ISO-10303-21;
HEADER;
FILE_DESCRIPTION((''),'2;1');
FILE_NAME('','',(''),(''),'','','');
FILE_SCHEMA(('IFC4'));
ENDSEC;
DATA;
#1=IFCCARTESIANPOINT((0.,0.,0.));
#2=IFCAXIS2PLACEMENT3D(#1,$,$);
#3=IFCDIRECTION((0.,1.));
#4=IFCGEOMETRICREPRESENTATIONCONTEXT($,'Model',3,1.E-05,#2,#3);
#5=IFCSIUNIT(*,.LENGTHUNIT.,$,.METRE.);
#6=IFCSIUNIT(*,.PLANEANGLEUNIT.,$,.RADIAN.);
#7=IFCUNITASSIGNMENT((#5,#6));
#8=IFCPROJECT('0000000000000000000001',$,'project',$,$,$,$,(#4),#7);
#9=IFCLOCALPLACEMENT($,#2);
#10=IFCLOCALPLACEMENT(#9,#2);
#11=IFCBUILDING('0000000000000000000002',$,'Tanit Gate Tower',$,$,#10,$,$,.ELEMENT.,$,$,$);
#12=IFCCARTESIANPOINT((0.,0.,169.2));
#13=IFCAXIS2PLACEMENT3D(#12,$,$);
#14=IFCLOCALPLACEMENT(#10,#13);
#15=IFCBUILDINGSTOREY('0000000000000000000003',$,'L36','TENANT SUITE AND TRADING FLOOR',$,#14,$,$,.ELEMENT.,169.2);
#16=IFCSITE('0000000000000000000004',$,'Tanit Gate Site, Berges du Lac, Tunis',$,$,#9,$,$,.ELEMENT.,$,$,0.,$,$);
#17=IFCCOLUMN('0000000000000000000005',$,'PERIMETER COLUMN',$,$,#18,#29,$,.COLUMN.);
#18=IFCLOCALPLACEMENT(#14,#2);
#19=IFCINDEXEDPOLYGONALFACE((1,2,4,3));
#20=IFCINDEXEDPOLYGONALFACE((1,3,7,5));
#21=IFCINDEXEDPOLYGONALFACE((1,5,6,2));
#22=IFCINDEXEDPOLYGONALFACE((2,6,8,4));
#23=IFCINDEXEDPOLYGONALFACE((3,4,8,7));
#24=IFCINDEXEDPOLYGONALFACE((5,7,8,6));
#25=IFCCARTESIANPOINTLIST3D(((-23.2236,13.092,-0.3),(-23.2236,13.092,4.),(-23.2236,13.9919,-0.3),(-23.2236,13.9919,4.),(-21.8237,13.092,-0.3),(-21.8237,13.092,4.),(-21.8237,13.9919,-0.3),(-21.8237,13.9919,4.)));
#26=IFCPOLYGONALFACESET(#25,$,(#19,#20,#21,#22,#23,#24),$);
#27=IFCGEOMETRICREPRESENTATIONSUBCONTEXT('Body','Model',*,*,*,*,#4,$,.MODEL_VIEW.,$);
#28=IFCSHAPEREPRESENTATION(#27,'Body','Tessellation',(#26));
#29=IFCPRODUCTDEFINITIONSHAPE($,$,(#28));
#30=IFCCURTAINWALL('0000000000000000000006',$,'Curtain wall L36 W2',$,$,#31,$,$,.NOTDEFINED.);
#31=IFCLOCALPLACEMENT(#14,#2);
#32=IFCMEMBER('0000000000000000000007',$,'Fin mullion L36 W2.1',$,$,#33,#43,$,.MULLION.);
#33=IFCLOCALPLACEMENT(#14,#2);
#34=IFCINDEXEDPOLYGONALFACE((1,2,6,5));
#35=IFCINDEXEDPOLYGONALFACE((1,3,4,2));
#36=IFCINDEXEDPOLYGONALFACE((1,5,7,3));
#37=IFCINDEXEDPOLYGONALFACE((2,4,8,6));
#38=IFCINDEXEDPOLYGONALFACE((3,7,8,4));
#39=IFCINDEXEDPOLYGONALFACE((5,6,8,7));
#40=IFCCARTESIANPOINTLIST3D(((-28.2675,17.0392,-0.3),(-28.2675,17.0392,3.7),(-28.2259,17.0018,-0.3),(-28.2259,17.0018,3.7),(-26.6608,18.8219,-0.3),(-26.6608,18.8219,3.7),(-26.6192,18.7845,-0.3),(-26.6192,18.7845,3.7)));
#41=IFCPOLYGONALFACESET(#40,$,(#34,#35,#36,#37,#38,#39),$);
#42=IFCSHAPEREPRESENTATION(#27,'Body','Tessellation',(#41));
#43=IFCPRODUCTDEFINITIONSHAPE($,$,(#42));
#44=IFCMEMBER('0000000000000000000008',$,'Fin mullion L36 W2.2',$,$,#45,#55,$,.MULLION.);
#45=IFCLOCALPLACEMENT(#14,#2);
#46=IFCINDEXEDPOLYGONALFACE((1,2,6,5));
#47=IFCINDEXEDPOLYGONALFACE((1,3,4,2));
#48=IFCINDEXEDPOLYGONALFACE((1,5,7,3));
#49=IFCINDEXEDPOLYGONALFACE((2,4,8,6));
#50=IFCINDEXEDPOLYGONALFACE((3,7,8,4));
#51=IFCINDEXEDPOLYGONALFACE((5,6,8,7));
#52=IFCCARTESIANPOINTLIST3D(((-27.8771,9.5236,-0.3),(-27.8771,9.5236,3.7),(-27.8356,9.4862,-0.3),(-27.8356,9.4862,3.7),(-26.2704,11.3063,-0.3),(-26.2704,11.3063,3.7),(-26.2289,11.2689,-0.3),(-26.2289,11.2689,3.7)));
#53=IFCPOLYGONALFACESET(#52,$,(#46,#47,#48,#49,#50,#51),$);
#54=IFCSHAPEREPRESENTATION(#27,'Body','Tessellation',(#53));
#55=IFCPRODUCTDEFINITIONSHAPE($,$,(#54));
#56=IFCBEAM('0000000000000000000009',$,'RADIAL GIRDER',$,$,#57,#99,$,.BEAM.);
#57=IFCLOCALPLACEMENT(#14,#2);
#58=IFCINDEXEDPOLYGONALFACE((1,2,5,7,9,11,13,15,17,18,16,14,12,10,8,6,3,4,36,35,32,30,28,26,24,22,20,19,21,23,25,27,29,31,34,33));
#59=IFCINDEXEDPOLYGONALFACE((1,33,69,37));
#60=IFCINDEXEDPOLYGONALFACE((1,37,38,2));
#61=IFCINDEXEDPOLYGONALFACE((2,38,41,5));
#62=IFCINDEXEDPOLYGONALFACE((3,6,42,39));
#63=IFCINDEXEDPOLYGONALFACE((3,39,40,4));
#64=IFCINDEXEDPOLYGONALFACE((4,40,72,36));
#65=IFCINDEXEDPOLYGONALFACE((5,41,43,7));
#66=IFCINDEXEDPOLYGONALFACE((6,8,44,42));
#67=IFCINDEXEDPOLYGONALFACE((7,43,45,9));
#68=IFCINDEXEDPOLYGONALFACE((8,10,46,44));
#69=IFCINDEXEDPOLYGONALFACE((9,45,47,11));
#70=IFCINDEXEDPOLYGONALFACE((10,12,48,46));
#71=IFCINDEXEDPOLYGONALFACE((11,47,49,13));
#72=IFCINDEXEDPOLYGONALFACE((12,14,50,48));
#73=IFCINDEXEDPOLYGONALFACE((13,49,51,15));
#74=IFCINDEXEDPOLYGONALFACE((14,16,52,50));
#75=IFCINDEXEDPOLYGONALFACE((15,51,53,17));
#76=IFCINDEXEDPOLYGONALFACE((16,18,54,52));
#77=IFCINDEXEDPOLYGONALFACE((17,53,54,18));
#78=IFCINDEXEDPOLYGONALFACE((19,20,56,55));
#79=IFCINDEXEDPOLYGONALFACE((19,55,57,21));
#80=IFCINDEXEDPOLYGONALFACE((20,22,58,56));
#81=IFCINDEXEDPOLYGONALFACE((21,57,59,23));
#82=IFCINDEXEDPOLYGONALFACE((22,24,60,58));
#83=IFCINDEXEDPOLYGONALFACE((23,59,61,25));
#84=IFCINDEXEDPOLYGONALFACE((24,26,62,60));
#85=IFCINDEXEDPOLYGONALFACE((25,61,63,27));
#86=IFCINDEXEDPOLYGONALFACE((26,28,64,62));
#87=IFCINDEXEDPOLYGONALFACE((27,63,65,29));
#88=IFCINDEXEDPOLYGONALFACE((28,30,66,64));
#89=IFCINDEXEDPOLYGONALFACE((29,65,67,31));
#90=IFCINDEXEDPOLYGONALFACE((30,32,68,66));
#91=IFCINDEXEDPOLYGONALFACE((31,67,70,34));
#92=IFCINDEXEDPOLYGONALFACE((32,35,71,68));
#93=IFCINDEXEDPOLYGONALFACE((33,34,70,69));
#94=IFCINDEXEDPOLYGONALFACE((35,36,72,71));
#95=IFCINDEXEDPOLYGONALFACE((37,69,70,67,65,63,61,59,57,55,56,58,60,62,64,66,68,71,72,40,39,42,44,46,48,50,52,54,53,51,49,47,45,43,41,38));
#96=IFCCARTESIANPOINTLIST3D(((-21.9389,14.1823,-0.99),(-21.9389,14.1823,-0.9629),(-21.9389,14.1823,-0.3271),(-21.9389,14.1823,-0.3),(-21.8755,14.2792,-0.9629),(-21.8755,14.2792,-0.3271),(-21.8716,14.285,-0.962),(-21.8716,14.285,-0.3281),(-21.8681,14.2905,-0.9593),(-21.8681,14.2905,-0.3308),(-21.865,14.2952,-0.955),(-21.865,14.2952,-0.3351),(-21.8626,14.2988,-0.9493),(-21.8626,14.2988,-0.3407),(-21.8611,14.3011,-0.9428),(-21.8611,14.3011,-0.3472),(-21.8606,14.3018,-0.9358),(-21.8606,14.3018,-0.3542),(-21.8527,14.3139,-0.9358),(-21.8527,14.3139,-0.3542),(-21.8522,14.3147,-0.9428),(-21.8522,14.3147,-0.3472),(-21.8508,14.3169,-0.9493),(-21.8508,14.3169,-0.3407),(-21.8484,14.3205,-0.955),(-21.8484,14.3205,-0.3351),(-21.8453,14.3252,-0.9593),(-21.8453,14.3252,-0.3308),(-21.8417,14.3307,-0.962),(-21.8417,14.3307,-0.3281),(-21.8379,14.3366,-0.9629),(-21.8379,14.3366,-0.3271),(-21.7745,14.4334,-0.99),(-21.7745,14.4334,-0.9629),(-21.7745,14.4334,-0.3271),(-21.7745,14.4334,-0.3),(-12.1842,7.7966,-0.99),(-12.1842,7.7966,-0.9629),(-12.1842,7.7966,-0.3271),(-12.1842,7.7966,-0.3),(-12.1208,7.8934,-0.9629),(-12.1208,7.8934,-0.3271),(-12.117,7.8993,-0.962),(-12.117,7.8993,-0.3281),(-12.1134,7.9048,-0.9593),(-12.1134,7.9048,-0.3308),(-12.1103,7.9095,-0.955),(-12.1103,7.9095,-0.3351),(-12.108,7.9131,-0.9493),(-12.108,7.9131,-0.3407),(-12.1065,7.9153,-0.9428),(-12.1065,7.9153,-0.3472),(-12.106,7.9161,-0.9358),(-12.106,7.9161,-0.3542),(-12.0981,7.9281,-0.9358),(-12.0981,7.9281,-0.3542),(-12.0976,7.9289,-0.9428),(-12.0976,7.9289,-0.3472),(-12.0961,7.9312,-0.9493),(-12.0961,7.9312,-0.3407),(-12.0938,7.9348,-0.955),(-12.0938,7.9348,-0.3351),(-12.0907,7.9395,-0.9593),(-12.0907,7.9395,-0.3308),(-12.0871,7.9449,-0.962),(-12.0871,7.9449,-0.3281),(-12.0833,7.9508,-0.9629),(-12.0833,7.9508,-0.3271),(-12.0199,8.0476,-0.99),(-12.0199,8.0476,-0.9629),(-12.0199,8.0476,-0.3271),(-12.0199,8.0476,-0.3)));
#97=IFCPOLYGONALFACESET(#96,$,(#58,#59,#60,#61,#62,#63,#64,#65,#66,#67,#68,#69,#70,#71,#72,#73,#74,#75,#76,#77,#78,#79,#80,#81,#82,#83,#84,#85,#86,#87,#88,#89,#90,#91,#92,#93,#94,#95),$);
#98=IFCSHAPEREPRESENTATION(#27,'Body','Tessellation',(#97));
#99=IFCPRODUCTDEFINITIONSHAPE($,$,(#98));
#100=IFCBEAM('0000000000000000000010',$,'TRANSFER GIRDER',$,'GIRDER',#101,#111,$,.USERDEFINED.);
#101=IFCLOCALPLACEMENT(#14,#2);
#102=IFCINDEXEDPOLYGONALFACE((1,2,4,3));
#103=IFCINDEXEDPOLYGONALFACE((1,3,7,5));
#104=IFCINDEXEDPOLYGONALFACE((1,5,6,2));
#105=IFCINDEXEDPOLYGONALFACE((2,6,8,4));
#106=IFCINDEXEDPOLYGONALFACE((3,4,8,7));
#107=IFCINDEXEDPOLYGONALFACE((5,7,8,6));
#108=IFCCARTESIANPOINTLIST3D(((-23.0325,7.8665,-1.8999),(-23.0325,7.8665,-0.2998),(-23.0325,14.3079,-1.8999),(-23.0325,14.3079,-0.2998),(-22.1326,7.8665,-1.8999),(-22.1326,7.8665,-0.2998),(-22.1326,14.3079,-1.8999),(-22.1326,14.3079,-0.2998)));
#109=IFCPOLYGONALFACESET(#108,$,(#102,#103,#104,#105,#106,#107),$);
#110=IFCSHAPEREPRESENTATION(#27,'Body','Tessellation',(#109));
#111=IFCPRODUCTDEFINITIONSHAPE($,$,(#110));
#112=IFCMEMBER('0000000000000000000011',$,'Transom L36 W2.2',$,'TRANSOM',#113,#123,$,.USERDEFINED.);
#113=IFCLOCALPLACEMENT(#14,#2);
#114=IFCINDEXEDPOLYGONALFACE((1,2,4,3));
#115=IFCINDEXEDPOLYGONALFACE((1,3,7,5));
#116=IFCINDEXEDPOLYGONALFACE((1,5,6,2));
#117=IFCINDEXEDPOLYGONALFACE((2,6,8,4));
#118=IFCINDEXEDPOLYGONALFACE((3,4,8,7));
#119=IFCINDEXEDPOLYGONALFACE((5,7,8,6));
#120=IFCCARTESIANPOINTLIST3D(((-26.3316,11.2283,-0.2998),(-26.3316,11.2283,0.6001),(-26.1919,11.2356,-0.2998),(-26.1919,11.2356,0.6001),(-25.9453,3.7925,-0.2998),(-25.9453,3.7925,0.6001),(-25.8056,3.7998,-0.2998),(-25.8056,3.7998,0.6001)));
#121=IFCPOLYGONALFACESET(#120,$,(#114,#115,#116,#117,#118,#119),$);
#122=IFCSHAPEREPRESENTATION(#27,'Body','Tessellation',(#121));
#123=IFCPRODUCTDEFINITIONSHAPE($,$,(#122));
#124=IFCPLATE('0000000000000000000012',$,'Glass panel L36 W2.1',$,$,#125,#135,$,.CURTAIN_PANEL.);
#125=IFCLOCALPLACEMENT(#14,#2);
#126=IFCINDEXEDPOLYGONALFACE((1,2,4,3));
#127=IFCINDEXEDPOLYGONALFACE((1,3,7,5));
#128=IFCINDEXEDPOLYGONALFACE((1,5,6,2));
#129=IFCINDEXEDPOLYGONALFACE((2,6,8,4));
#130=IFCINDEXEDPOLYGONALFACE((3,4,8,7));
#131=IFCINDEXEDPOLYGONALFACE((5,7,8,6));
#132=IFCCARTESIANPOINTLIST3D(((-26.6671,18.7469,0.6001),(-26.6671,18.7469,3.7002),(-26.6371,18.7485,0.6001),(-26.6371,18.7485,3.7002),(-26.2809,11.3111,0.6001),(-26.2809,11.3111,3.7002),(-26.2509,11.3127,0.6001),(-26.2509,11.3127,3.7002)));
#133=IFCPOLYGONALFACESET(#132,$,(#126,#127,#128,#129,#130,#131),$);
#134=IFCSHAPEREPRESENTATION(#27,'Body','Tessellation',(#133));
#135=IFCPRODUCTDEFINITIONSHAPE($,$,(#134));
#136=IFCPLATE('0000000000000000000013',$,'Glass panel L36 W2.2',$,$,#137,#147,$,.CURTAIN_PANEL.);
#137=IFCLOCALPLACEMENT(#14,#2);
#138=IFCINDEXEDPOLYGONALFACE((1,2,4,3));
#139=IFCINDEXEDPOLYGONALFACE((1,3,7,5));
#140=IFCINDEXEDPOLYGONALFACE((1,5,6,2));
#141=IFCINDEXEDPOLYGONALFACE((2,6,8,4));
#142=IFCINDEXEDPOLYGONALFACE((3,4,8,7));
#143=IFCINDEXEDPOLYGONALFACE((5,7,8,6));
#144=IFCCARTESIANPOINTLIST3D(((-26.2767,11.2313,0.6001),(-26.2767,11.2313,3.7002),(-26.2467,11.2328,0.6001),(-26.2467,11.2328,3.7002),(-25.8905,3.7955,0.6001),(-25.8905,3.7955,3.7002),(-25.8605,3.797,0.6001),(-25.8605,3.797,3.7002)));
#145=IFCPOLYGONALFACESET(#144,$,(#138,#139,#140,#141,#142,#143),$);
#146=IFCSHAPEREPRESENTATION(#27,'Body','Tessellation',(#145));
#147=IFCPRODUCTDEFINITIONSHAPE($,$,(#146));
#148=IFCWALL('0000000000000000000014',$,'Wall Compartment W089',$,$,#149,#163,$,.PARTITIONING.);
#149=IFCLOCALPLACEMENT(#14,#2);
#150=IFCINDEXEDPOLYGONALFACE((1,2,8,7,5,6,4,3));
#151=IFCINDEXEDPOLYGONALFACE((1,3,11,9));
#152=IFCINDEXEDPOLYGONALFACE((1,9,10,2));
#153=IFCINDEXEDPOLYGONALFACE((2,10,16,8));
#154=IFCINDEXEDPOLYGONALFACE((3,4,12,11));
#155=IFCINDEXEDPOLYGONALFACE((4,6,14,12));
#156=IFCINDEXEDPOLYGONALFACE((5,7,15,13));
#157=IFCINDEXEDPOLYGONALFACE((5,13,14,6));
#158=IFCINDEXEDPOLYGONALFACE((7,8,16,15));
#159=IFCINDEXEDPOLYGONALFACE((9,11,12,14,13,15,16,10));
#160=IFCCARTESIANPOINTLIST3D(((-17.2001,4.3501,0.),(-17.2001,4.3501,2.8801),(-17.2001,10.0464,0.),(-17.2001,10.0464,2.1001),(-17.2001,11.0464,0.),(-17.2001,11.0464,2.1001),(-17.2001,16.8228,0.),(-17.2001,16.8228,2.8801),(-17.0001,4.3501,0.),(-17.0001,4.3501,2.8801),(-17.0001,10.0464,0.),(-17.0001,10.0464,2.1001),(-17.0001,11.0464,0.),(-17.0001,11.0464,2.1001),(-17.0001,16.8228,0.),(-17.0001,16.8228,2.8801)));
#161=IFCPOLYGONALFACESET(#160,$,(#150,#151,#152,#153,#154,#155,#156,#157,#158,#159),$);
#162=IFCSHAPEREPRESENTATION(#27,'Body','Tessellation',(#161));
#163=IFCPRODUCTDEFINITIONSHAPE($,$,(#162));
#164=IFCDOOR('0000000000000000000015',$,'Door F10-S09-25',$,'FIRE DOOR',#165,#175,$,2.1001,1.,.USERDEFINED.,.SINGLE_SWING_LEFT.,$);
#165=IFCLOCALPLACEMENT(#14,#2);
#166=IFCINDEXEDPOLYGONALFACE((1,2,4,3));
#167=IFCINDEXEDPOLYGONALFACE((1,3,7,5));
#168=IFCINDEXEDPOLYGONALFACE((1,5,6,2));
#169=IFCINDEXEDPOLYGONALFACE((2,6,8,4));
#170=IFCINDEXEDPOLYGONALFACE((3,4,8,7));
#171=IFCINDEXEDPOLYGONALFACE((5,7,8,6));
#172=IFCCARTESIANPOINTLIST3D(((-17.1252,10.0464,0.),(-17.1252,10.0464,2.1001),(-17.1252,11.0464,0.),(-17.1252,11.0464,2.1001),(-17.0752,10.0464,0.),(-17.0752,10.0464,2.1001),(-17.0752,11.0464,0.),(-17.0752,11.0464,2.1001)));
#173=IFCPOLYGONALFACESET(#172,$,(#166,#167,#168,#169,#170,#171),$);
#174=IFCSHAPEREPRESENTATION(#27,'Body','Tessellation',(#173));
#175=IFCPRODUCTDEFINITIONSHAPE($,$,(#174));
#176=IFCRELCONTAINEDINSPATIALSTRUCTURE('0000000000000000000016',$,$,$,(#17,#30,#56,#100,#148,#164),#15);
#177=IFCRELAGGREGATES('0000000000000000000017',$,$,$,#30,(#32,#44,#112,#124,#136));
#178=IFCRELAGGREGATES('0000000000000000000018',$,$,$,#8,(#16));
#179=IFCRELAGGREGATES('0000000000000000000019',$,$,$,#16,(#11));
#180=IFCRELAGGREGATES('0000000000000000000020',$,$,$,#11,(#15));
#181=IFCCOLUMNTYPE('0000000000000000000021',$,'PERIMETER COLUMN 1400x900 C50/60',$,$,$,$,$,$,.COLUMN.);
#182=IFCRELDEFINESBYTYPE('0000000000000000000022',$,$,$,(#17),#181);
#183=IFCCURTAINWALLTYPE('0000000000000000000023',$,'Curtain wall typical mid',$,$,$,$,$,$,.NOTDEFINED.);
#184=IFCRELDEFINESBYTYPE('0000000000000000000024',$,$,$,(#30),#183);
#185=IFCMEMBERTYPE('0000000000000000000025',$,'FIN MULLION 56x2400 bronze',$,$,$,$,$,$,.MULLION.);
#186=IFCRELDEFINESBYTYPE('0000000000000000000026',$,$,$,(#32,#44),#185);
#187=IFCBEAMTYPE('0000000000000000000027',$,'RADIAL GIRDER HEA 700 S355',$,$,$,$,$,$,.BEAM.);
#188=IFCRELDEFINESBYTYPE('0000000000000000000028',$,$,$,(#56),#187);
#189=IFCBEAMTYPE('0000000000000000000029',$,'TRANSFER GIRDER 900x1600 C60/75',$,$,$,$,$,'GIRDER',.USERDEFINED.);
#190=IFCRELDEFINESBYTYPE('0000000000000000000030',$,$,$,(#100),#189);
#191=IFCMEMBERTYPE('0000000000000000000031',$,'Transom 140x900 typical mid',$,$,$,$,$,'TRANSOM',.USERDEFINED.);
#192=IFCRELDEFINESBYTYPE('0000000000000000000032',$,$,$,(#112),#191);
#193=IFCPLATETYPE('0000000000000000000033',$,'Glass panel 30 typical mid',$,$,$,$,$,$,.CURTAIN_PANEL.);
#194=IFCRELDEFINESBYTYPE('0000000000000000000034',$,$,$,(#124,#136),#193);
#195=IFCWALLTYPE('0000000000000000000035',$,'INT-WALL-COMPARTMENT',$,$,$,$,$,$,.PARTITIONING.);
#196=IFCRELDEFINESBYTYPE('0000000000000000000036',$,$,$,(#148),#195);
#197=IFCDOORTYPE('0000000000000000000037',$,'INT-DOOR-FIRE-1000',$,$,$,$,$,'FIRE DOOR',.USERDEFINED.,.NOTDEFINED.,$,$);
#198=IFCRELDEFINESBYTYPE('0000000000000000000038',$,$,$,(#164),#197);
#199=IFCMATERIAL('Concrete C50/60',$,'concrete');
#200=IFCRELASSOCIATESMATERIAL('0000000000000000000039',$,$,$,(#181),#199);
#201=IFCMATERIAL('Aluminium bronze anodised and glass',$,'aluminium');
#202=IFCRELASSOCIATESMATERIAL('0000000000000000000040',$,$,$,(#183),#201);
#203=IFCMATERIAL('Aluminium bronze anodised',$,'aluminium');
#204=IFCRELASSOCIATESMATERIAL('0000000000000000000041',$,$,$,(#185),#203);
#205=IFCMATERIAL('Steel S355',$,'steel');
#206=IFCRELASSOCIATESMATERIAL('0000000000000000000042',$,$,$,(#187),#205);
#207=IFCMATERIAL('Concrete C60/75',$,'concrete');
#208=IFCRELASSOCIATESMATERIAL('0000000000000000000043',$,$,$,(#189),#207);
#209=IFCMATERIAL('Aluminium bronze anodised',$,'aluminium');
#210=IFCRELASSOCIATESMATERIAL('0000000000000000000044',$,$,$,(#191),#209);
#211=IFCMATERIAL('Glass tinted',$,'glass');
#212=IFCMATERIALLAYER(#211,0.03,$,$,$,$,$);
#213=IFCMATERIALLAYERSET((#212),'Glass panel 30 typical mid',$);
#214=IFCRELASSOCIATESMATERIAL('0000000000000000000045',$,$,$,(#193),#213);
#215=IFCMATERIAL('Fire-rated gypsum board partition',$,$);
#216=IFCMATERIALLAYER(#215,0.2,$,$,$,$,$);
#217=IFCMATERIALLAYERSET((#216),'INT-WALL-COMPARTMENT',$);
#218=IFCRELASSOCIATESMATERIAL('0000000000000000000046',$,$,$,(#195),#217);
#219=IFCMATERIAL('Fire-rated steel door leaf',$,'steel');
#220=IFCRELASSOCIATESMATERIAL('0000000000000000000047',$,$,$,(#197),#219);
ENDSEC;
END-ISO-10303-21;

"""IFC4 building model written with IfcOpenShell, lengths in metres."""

from ifc_helpers import new_model, si_unit, direction, frame, frame_2d, origin, origin_2d, place, context, subcontext, project, spatial, rectangle, i_section, extrude, material, layer, layer_set, material_profile, profile_set, type_object, element, fill, aggregate, save


model = new_model("IFC4")

# Units and contexts
model_context = context("Model", 3, precision=1e-05, world=origin(), true_north=direction((0.0, 1.0)))
body_context = subcontext(model_context, "Body", "Model", "MODEL_VIEW")
ifc_project = project(units=[si_unit("LENGTHUNIT", "METRE"), si_unit("PLANEANGLEUNIT", "RADIAN")], contexts=[model_context])

# Site, building, storey
site_placement = place(None, origin())
site = spatial("IfcSite", under=ifc_project, at=site_placement, Name="Tanit Gate Site, Berges du Lac, Tunis", CompositionType="ELEMENT", RefElevation=0.0)
building_placement = place(site_placement, origin())
building = spatial("IfcBuilding", under=site, at=building_placement, Name="Tanit Gate Tower", CompositionType="ELEMENT")
storey_placement = place(building_placement, frame((0.0, 0.0, 169.2)))
storey = spatial("IfcBuildingStorey", under=building, at=storey_placement, Name="L36", Description="TENANT SUITE AND TRADING FLOOR", CompositionType="ELEMENT", Elevation=169.2)

# Column
ifc_material_1 = material(Name="Concrete C50/60", Category="concrete")
ifc_material_profile_1 = material_profile(ifc_material_1, rectangle(XDim=1.3999, YDim=0.8999, at=origin_2d()), Name="RC 1400x900")
ifc_profile_set_1 = profile_set([ifc_material_profile_1], Name="Concrete C50/60")
column_type = type_object("IfcColumnType", Name="PERIMETER COLUMN 1400x900 C50/60", PredefinedType="COLUMN", material=ifc_profile_set_1)
column_placement = place(storey_placement, frame((-22.5237, 13.542, -0.3), z_axis=(0.0, 0.0, 1.0), x_axis=(-1.0, 0.0, 0.0)))
element("IfcColumn", 1, at=column_placement, inside=storey, type_object=column_type, Name="PERIMETER COLUMN", PredefinedType="COLUMN", context=body_context, shape_type="SweptSolid", body=[
    extrude(rectangle(XDim=1.3999, YDim=0.8999, at=origin_2d()), origin(), (0.0, 0.0, 1.0), 4.3),
])

# Curtain wall, members
ifc_material_2 = material(Name="Aluminium bronze anodised and glass", Category="aluminium")
curtain_wall_type = type_object("IfcCurtainWallType", Name="Curtain wall typical mid", PredefinedType="NOTDEFINED", material=ifc_material_2)
curtain_wall_placement = place(storey_placement, origin())
curtain_wall = element("IfcCurtainWall", 2, at=curtain_wall_placement, inside=storey, type_object=curtain_wall_type, Name="Curtain wall L36 W2", PredefinedType="NOTDEFINED")
ifc_material_3 = material(Name="Aluminium bronze anodised", Category="aluminium")
ifc_material_profile_2 = material_profile(ifc_material_3, rectangle(XDim=2.3999, YDim=0.0559, at=origin_2d()), Name="56x2400 bronze fin mullion")
ifc_profile_set_2 = profile_set([ifc_material_profile_2], Name="Aluminium bronze anodised")
member_type_1 = type_object("IfcMemberType", Name="FIN MULLION 56x2400 bronze", PredefinedType="MULLION", material=ifc_profile_set_2)
member_1_placement = place(storey_placement, frame((-27.4434, 17.9119, -0.3), z_axis=(0.0, 0.0, 1.0), x_axis=(0.669481, 0.742829, 0.0)))
member_1 = element("IfcMember", 3, at=member_1_placement, type_object=member_type_1, Name="Fin mullion L36 W2.1", PredefinedType="MULLION", context=body_context, shape_type="SweptSolid", body=[
    extrude(rectangle(XDim=2.3999, YDim=0.0559, at=origin_2d()), origin(), (0.0, 0.0, 1.0), 4.0),
])
member_2_placement = place(storey_placement, frame((-27.053, 10.3962, -0.3), z_axis=(0.0, 0.0, 1.0), x_axis=(0.669481, 0.742829, 0.0)))
member_2 = element("IfcMember", 4, at=member_2_placement, type_object=member_type_1, Name="Fin mullion L36 W2.2", PredefinedType="MULLION", context=body_context, shape_type="SweptSolid", body=[
    extrude(rectangle(XDim=2.3999, YDim=0.0559, at=origin_2d()), origin(), (0.0, 0.0, 1.0), 4.0),
])

# Beams
ifc_material_4 = material(Name="Steel S355", Category="steel")
ifc_material_profile_3 = material_profile(ifc_material_4, i_section(OverallWidth=0.3, OverallDepth=0.6899, WebThickness=0.0144, FlangeThickness=0.0271, FilletRadius=0.0271, at=origin_2d()), Name="HEA 700")
ifc_profile_set_3 = profile_set([ifc_material_profile_3], Name="Steel S355")
beam_type_1 = type_object("IfcBeamType", Name="RADIAL GIRDER HEA 700 S355", PredefinedType="BEAM", material=ifc_profile_set_3)
beam_1_placement = place(storey_placement, frame((-21.8567, 14.3079, -0.645), z_axis=(0.836667, -0.547712, 0.0), x_axis=(0.547712, 0.836667, 0.0)))
element("IfcBeam", 5, at=beam_1_placement, inside=storey, type_object=beam_type_1, Name="RADIAL GIRDER", PredefinedType="BEAM", context=body_context, shape_type="SweptSolid", body=[
    extrude(i_section(OverallWidth=0.3, OverallDepth=0.6899, WebThickness=0.0144, FlangeThickness=0.0271, FilletRadius=0.0271, at=origin_2d()), origin(), (0.0, 0.0, 1.0), 11.6589),
])
ifc_material_5 = material(Name="Concrete C60/75", Category="concrete")
ifc_material_profile_4 = material_profile(ifc_material_5, rectangle(XDim=0.8999, YDim=1.6001, at=origin_2d()), Name="RC 900x1600")
ifc_profile_set_4 = profile_set([ifc_material_profile_4], Name="Concrete C60/75")
beam_type_2 = type_object("IfcBeamType", Name="TRANSFER GIRDER 900x1600 C60/75", ElementType="GIRDER", PredefinedType="USERDEFINED", material=ifc_profile_set_4)
beam_2_placement = place(storey_placement, frame((-22.5825, 14.3079, -1.0999), z_axis=(0.0, -1.0, 0.0), x_axis=(1.0, 0.0, 0.0)))
element("IfcBeam", 6, at=beam_2_placement, inside=storey, type_object=beam_type_2, Name="TRANSFER GIRDER", ObjectType="GIRDER", PredefinedType="USERDEFINED", context=body_context, shape_type="SweptSolid", body=[
    extrude(rectangle(XDim=0.8999, YDim=1.6001, at=origin_2d()), origin(), (0.0, 0.0, 1.0), 6.4414),
])

# Member
ifc_material_6 = material(Name="Aluminium bronze anodised", Category="aluminium")
ifc_material_profile_5 = material_profile(ifc_material_6, rectangle(XDim=0.1399, YDim=0.8999, at=origin_2d()), Name="140x900 bronze transom")
ifc_profile_set_5 = profile_set([ifc_material_profile_5], Name="Aluminium bronze anodised")
member_type_2 = type_object("IfcMemberType", Name="Transom 140x900 typical mid", ElementType="TRANSOM", PredefinedType="USERDEFINED", material=ifc_profile_set_5)
member_3_placement = place(storey_placement, frame((-26.2617, 11.2319, 0.1501), z_axis=(0.051872, -0.998654, 0.0), x_axis=(0.998654, 0.051872, 0.0)))
member_3 = element("IfcMember", 7, at=member_3_placement, type_object=member_type_2, Name="Transom L36 W2.2", ObjectType="TRANSOM", PredefinedType="USERDEFINED", context=body_context, shape_type="SweptSolid", body=[
    extrude(rectangle(XDim=0.1399, YDim=0.8999, at=origin_2d()), origin(), (0.0, 0.0, 1.0), 7.4458),
])

# Plates
ifc_material_7 = material(Name="Glass tinted", Category="glass")
ifc_layer_1 = layer(ifc_material_7, 0.03)
ifc_layer_set_1 = layer_set([ifc_layer_1], Name="Glass panel 30 typical mid")
plate_type = type_object("IfcPlateType", Name="Glass panel 30 typical mid", PredefinedType="CURTAIN_PANEL", material=ifc_layer_set_1)
plate_1_placement = place(storey_placement, frame((-26.459, 15.0298, 0.6001), z_axis=(0.0, 0.0, 1.0), x_axis=(0.051865, -0.998654, 0.0)))
plate_1 = element("IfcPlate", 8, at=plate_1_placement, type_object=plate_type, Name="Glass panel L36 W2.1", PredefinedType="CURTAIN_PANEL", context=body_context, shape_type="SweptSolid", body=[
    extrude(rectangle(XDim=7.4458, YDim=0.03, at=origin_2d()), origin(), (0.0, 0.0, 1.0), 3.1001),
])
plate_2_placement = place(storey_placement, frame((-26.0686, 7.5142, 0.6001), z_axis=(0.0, 0.0, 1.0), x_axis=(0.051865, -0.998654, 0.0)))
plate_2 = element("IfcPlate", 9, at=plate_2_placement, type_object=plate_type, Name="Glass panel L36 W2.2", PredefinedType="CURTAIN_PANEL", context=body_context, shape_type="SweptSolid", body=[
    extrude(rectangle(XDim=7.4458, YDim=0.03, at=origin_2d()), origin(), (0.0, 0.0, 1.0), 3.1001),
])
aggregate(curtain_wall, [member_1, member_2, member_3, plate_1, plate_2])

# Wall, opening, door
ifc_material_8 = material(Name="Fire-rated gypsum board partition")
ifc_layer_2 = layer(ifc_material_8, 0.2)
ifc_layer_set_2 = layer_set([ifc_layer_2], Name="INT-WALL-COMPARTMENT")
wall_type_1 = type_object("IfcWallType", Name="INT-WALL-COMPARTMENT", PredefinedType="PARTITIONING", material=ifc_layer_set_2)
wall_1_placement = place(storey_placement, frame((-17.1001, 16.8228, 0.0), z_axis=(0.0, 0.0, 1.0), x_axis=(0.0, -1.0, 0.0)))
wall_1 = element("IfcWall", 10, at=wall_1_placement, inside=storey, type_object=wall_type_1, Name="Wall Compartment W089", PredefinedType="PARTITIONING", context=body_context, shape_type="SweptSolid", body=[
    extrude(rectangle(XDim=12.4727, YDim=0.2, at=frame_2d((6.2363, 0.0))), origin(), (0.0, 0.0, 1.0), 2.8801),
])
opening_1_placement = place(wall_1_placement, frame((5.7764, 0.0, 0.0)))
opening_1 = element("IfcOpeningElement", 11, at=opening_1_placement, cuts=wall_1, PredefinedType="OPENING", context=body_context, shape_type="SweptSolid", body=[
    extrude(rectangle(XDim=1.0, YDim=2.1001, at=frame_2d((0.5, 1.05))), frame((0.0, 0.1099, 0.0), z_axis=(0.0, -1.0, 0.0), x_axis=(1.0, 0.0, 0.0)), (0.0, 0.0, 1.0), 0.22),
])
ifc_material_9 = material(Name="Fire-rated steel door leaf", Category="steel")
door_type_1 = type_object("IfcDoorType", Name="INT-DOOR-FIRE-1000", ElementType="FIRE DOOR", OperationType="NOTDEFINED", PredefinedType="USERDEFINED", material=ifc_material_9)
door_1_placement = place(opening_1_placement, origin())
door_1 = element("IfcDoor", 12, at=door_1_placement, inside=storey, type_object=door_type_1, Name="Door F10-S09-25", ObjectType="FIRE DOOR", OperationType="SINGLE_SWING_LEFT", OverallHeight=2.1001, OverallWidth=1.0, PredefinedType="USERDEFINED", context=body_context, shape_type="SweptSolid", body=[
    extrude(rectangle(XDim=1.0, YDim=2.1001, at=frame_2d((0.5, 1.05))), frame((0.0, 0.0249, 0.0), z_axis=(0.0, -1.0, 0.0), x_axis=(1.0, 0.0, 0.0)), (0.0, 0.0, 1.0), 0.05),
])
fill(opening_1, door_1)

save(model, "model.ifc")
